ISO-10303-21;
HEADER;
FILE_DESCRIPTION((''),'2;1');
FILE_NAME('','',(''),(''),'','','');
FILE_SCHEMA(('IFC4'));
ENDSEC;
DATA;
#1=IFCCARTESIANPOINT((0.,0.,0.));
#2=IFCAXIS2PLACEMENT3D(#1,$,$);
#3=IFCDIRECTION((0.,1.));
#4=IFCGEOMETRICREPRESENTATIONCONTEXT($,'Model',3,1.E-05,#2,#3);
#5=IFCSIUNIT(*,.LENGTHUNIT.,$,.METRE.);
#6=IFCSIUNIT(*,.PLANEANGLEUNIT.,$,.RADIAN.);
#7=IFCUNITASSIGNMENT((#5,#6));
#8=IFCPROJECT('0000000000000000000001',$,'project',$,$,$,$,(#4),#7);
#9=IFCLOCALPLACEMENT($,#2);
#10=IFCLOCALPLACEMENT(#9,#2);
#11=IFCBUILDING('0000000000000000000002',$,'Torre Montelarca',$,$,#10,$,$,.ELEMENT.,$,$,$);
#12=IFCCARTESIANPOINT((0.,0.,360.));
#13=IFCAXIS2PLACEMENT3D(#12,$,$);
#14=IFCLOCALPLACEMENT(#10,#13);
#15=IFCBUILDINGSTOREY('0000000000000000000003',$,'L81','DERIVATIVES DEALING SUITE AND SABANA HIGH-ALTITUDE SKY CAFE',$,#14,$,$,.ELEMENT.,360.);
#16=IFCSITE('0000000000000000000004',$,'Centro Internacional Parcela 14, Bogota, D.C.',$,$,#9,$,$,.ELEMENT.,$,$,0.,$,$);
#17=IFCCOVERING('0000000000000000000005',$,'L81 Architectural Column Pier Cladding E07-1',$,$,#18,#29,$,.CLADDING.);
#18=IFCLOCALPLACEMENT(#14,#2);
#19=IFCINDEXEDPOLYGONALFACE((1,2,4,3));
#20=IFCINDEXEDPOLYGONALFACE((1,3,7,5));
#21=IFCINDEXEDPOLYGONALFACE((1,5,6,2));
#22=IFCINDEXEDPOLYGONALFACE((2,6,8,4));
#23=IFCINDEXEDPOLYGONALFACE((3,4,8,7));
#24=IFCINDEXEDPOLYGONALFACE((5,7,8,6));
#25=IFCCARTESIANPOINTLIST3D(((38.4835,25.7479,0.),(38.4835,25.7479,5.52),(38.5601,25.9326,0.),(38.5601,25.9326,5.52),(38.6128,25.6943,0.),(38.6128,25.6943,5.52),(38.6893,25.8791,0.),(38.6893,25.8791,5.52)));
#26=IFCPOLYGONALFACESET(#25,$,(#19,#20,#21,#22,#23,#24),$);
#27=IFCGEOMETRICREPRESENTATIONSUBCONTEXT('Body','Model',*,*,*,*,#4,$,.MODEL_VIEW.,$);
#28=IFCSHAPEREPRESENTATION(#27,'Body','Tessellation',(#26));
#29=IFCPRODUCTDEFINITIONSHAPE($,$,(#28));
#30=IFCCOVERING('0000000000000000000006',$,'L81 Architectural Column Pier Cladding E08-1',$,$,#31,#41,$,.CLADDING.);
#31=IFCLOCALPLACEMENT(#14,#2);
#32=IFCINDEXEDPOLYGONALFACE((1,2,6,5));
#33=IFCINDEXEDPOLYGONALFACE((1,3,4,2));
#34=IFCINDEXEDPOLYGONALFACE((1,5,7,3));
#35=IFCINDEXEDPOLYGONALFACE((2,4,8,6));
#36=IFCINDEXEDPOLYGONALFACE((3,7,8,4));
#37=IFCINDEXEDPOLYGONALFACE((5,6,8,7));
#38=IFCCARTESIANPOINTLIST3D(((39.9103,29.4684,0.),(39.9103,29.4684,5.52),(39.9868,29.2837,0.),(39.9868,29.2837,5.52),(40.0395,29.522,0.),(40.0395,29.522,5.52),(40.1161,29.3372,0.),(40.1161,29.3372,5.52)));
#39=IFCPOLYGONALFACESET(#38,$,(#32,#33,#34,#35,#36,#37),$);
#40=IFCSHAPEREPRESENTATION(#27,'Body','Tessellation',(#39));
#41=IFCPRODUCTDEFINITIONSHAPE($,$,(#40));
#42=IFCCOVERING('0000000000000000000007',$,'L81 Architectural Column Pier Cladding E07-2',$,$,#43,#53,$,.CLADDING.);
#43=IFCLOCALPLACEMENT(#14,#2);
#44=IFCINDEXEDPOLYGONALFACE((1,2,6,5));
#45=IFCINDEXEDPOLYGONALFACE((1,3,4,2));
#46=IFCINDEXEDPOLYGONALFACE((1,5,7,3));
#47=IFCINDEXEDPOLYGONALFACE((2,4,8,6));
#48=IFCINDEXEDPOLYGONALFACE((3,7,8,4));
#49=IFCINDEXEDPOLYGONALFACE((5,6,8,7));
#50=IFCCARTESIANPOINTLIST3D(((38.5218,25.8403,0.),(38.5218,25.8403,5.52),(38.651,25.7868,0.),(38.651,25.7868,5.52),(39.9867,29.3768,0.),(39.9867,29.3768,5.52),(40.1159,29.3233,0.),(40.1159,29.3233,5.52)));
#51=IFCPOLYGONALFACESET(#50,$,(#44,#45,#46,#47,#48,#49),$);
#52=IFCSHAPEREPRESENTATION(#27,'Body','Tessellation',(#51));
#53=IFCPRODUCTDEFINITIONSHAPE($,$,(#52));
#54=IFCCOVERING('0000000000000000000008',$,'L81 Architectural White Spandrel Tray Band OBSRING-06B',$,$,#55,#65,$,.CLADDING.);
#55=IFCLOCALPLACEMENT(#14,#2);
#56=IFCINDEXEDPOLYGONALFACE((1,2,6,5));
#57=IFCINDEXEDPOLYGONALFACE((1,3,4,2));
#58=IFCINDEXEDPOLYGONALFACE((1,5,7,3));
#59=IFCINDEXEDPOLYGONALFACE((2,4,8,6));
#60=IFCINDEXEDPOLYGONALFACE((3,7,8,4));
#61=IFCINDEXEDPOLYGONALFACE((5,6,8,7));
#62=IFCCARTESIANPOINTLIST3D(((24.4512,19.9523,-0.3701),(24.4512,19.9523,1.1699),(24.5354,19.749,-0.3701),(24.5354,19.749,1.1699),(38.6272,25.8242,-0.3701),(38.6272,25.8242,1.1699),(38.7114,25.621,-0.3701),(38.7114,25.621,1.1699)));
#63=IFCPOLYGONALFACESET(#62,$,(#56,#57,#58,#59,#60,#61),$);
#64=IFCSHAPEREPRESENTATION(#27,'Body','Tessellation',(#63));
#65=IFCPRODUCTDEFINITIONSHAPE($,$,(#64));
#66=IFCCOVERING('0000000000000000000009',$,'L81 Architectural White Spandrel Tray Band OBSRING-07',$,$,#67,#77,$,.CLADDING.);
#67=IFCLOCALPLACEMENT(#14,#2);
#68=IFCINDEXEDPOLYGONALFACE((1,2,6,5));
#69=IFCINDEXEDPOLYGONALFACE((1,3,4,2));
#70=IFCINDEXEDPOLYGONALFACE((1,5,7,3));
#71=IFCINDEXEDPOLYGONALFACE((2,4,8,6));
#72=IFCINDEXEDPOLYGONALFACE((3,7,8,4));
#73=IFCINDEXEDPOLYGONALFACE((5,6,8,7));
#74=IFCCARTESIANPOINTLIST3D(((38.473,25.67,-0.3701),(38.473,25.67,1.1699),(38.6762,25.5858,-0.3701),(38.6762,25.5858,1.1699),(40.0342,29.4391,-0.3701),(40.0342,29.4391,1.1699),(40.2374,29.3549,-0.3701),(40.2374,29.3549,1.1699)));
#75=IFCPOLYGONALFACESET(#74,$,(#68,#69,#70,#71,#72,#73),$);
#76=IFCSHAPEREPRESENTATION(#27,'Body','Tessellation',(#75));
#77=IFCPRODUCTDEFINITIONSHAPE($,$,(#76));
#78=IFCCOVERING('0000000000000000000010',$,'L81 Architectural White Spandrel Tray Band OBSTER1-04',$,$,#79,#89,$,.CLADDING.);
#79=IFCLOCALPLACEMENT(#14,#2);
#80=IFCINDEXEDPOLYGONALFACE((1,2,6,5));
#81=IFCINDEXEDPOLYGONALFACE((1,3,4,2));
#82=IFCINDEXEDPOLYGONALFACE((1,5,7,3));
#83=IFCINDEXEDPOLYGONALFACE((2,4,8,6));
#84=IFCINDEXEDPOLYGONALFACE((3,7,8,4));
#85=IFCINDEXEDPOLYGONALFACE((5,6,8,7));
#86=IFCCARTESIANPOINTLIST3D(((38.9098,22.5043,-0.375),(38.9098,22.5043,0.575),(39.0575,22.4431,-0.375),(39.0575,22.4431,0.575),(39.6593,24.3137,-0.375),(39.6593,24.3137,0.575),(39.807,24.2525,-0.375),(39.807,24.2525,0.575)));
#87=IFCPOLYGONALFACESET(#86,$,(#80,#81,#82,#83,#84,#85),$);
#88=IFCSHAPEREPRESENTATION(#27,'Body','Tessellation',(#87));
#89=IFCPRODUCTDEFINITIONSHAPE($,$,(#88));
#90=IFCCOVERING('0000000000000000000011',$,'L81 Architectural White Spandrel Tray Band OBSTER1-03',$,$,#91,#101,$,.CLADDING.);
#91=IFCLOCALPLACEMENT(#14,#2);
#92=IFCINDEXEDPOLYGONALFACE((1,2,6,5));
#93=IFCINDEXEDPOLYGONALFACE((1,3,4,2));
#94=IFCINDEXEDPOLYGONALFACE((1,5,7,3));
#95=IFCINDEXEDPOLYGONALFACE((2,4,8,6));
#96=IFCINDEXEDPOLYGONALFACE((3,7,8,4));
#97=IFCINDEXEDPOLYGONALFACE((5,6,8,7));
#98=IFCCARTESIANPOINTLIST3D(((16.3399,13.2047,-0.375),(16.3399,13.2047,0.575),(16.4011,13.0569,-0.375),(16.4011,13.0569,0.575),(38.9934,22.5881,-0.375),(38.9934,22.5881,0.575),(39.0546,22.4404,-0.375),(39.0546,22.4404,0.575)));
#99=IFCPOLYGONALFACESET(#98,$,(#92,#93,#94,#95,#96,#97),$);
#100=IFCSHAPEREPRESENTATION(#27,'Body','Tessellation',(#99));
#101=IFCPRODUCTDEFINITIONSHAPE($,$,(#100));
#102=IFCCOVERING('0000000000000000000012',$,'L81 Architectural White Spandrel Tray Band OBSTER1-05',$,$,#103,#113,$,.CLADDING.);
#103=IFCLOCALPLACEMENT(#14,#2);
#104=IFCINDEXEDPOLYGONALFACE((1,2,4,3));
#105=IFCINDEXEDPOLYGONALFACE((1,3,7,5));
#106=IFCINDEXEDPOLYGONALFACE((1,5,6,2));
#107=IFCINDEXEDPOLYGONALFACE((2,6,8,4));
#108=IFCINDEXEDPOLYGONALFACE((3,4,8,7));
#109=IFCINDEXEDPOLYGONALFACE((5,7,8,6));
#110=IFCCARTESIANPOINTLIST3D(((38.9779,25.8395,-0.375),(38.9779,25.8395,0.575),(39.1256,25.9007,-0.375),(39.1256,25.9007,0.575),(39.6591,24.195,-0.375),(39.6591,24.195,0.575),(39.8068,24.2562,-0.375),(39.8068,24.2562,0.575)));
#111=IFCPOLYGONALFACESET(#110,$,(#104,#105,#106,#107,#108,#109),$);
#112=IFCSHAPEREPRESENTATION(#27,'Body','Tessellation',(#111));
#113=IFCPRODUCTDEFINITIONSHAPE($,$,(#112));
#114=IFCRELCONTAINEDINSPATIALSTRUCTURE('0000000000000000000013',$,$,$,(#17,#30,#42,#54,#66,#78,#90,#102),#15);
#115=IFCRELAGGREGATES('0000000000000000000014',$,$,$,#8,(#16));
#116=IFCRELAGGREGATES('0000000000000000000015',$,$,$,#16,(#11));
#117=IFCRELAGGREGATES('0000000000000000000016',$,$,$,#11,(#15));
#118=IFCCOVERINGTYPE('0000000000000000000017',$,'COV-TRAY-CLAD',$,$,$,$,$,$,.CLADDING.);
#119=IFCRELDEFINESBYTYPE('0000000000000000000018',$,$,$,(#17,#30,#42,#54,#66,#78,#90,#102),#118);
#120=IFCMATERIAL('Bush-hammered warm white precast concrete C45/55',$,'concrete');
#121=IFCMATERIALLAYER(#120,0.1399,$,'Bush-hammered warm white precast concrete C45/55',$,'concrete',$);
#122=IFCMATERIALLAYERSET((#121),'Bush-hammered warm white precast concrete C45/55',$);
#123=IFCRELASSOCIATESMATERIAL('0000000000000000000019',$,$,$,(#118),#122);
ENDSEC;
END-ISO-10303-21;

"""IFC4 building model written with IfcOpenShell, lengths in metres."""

from ifc_helpers import new_model, si_unit, direction, frame, origin, origin_2d, place, context, subcontext, project, spatial, rectangle, extrude, source, transform, mapped, material, layer, layer_set, type_object, element, save


model = new_model("IFC4")

# Units and contexts
model_context = context("Model", 3, precision=1e-05, world=origin(), true_north=direction((0.0, 1.0)))
body_context = subcontext(model_context, "Body", "Model", "MODEL_VIEW")
ifc_project = project(units=[si_unit("LENGTHUNIT", "METRE"), si_unit("PLANEANGLEUNIT", "RADIAN")], contexts=[model_context])

# Site, building, storey
site_placement = place(None, origin())
site = spatial("IfcSite", under=ifc_project, at=site_placement, Name="Centro Internacional Parcela 14, Bogota, D.C.", CompositionType="ELEMENT", RefElevation=0.0)
building_placement = place(site_placement, origin())
building = spatial("IfcBuilding", under=site, at=building_placement, Name="Torre Montelarca", CompositionType="ELEMENT")
storey_placement = place(building_placement, frame((0.0, 0.0, 360.0)))
storey = spatial("IfcBuildingStorey", under=building, at=storey_placement, Name="L81", Description="DERIVATIVES DEALING SUITE AND SABANA HIGH-ALTITUDE SKY CAFE", CompositionType="ELEMENT", Elevation=360.0)

# Coverings
ifc_material_1 = material(Name="Bush-hammered warm white precast concrete C45/55", Category="concrete")
ifc_layer_1 = layer(ifc_material_1, 0.1399, Name="Bush-hammered warm white precast concrete C45/55", Category="concrete")
ifc_layer_set_1 = layer_set([ifc_layer_1], Name="Bush-hammered warm white precast concrete C45/55")
covering_type = type_object("IfcCoveringType", Name="COV-TRAY-CLAD", PredefinedType="CLADDING", material=ifc_layer_set_1)
shared_shape_1 = source(origin(), body_context, "Body", "SweptSolid", [
    extrude(rectangle(XDim=0.2, YDim=0.1399, at=origin_2d()), origin(), (0.0, 0.0, 1.0), 5.52),
])
for number, where, z_axis, x_axis, name in (
    (1, (38.5864, 25.8135, 0.0), (0.0, 0.0, 1.0), (0.382682, 0.92388, 0.0), "L81 Architectural Column Pier Cladding E07-1"),
    (2, (40.0132, 29.4028, 0.0), (0.0, 0.0, 1.0), (-0.382682, 0.92388, 0.0), "L81 Architectural Column Pier Cladding E08-1"),
):
    element("IfcCovering", number, at=place(storey_placement, frame(where, z_axis=z_axis, x_axis=x_axis)), inside=storey, type_object=covering_type, Name=name, PredefinedType="CLADDING", context=body_context, shape_type="MappedRepresentation", body=[
        mapped(shared_shape_1, transform((0.0, 0.0, 0.0), scale=1.0)),
    ])
shared_shape_2 = source(origin(), body_context, "Body", "SweptSolid", [
    extrude(rectangle(XDim=3.8279, YDim=0.1399, at=origin_2d()), origin(), (0.0, 0.0, 1.0), 5.52),
])
covering_1_placement = place(storey_placement, frame((39.3188, 27.5818, 0.0), z_axis=(0.0, 0.0, 1.0), x_axis=(0.382682, 0.92388, 0.0)))
element("IfcCovering", 3, at=covering_1_placement, inside=storey, type_object=covering_type, Name="L81 Architectural Column Pier Cladding E07-2", PredefinedType="CLADDING", context=body_context, shape_type="MappedRepresentation", body=[
    mapped(shared_shape_2, transform((0.0, 0.0, 0.0), scale=1.0)),
])
shared_shape_3 = source(origin(), body_context, "Body", "SweptSolid", [
    extrude(rectangle(XDim=15.344, YDim=0.22, at=origin_2d()), origin(), (0.0, 0.0, 1.0), 1.54),
])
covering_2_placement = place(storey_placement, frame((31.5813, 22.7866, -0.3701), z_axis=(0.0, 0.0, 1.0), x_axis=(0.923879, 0.382685, 0.0)))
element("IfcCovering", 4, at=covering_2_placement, inside=storey, type_object=covering_type, Name="L81 Architectural White Spandrel Tray Band OBSRING-06B", PredefinedType="CLADDING", context=body_context, shape_type="MappedRepresentation", body=[
    mapped(shared_shape_3, transform((0.0, 0.0, 0.0), scale=1.0)),
])
shared_shape_4 = source(origin(), body_context, "Body", "SweptSolid", [
    extrude(rectangle(XDim=4.0796, YDim=0.22, at=origin_2d()), origin(), (0.0, 0.0, 1.0), 1.54),
])
covering_3_placement = place(storey_placement, frame((39.3552, 27.5125, -0.3701), z_axis=(0.0, 0.0, 1.0), x_axis=(0.38268, 0.923881, 0.0)))
element("IfcCovering", 5, at=covering_3_placement, inside=storey, type_object=covering_type, Name="L81 Architectural White Spandrel Tray Band OBSRING-07", PredefinedType="CLADDING", context=body_context, shape_type="MappedRepresentation", body=[
    mapped(shared_shape_4, transform((0.0, 0.0, 0.0), scale=1.0)),
])
shared_shape_5 = source(origin(), body_context, "Body", "SweptSolid", [
    extrude(rectangle(XDim=1.9585, YDim=0.1599, at=origin_2d()), origin(), (0.0, 0.0, 1.0), 0.95),
])
covering_4_placement = place(storey_placement, frame((39.3584, 23.3784, -0.375), z_axis=(0.0, 0.0, 1.0), x_axis=(0.382711, 0.923868, 0.0)))
element("IfcCovering", 6, at=covering_4_placement, inside=storey, type_object=covering_type, Name="L81 Architectural White Spandrel Tray Band OBSTER1-04", PredefinedType="CLADDING", context=body_context, shape_type="MappedRepresentation", body=[
    mapped(shared_shape_5, transform((0.0, 0.0, 0.0), scale=1.0)),
])
shared_shape_6 = source(origin(), body_context, "Body", "SweptSolid", [
    extrude(rectangle(XDim=24.52, YDim=0.1599, at=origin_2d()), origin(), (0.0, 0.0, 1.0), 0.95),
])
covering_5_placement = place(storey_placement, frame((27.6973, 17.8225, -0.375), z_axis=(0.0, 0.0, 1.0), x_axis=(0.923879, 0.382685, 0.0)))
element("IfcCovering", 7, at=covering_5_placement, inside=storey, type_object=covering_type, Name="L81 Architectural White Spandrel Tray Band OBSTER1-03", PredefinedType="CLADDING", context=body_context, shape_type="MappedRepresentation", body=[
    mapped(shared_shape_6, transform((0.0, 0.0, 0.0), scale=1.0)),
])
shared_shape_7 = source(origin(), body_context, "Body", "SweptSolid", [
    extrude(rectangle(XDim=1.78, YDim=0.1599, at=origin_2d()), origin(), (0.0, 0.0, 1.0), 0.95),
])
covering_6_placement = place(storey_placement, frame((39.3923, 25.0479, -0.375), z_axis=(0.0, 0.0, 1.0), x_axis=(-0.382695, 0.923875, 0.0)))
element("IfcCovering", 8, at=covering_6_placement, inside=storey, type_object=covering_type, Name="L81 Architectural White Spandrel Tray Band OBSTER1-05", PredefinedType="CLADDING", context=body_context, shape_type="MappedRepresentation", body=[
    mapped(shared_shape_7, transform((0.0, 0.0, 0.0), scale=1.0)),
])

save(model, "model.ifc")
